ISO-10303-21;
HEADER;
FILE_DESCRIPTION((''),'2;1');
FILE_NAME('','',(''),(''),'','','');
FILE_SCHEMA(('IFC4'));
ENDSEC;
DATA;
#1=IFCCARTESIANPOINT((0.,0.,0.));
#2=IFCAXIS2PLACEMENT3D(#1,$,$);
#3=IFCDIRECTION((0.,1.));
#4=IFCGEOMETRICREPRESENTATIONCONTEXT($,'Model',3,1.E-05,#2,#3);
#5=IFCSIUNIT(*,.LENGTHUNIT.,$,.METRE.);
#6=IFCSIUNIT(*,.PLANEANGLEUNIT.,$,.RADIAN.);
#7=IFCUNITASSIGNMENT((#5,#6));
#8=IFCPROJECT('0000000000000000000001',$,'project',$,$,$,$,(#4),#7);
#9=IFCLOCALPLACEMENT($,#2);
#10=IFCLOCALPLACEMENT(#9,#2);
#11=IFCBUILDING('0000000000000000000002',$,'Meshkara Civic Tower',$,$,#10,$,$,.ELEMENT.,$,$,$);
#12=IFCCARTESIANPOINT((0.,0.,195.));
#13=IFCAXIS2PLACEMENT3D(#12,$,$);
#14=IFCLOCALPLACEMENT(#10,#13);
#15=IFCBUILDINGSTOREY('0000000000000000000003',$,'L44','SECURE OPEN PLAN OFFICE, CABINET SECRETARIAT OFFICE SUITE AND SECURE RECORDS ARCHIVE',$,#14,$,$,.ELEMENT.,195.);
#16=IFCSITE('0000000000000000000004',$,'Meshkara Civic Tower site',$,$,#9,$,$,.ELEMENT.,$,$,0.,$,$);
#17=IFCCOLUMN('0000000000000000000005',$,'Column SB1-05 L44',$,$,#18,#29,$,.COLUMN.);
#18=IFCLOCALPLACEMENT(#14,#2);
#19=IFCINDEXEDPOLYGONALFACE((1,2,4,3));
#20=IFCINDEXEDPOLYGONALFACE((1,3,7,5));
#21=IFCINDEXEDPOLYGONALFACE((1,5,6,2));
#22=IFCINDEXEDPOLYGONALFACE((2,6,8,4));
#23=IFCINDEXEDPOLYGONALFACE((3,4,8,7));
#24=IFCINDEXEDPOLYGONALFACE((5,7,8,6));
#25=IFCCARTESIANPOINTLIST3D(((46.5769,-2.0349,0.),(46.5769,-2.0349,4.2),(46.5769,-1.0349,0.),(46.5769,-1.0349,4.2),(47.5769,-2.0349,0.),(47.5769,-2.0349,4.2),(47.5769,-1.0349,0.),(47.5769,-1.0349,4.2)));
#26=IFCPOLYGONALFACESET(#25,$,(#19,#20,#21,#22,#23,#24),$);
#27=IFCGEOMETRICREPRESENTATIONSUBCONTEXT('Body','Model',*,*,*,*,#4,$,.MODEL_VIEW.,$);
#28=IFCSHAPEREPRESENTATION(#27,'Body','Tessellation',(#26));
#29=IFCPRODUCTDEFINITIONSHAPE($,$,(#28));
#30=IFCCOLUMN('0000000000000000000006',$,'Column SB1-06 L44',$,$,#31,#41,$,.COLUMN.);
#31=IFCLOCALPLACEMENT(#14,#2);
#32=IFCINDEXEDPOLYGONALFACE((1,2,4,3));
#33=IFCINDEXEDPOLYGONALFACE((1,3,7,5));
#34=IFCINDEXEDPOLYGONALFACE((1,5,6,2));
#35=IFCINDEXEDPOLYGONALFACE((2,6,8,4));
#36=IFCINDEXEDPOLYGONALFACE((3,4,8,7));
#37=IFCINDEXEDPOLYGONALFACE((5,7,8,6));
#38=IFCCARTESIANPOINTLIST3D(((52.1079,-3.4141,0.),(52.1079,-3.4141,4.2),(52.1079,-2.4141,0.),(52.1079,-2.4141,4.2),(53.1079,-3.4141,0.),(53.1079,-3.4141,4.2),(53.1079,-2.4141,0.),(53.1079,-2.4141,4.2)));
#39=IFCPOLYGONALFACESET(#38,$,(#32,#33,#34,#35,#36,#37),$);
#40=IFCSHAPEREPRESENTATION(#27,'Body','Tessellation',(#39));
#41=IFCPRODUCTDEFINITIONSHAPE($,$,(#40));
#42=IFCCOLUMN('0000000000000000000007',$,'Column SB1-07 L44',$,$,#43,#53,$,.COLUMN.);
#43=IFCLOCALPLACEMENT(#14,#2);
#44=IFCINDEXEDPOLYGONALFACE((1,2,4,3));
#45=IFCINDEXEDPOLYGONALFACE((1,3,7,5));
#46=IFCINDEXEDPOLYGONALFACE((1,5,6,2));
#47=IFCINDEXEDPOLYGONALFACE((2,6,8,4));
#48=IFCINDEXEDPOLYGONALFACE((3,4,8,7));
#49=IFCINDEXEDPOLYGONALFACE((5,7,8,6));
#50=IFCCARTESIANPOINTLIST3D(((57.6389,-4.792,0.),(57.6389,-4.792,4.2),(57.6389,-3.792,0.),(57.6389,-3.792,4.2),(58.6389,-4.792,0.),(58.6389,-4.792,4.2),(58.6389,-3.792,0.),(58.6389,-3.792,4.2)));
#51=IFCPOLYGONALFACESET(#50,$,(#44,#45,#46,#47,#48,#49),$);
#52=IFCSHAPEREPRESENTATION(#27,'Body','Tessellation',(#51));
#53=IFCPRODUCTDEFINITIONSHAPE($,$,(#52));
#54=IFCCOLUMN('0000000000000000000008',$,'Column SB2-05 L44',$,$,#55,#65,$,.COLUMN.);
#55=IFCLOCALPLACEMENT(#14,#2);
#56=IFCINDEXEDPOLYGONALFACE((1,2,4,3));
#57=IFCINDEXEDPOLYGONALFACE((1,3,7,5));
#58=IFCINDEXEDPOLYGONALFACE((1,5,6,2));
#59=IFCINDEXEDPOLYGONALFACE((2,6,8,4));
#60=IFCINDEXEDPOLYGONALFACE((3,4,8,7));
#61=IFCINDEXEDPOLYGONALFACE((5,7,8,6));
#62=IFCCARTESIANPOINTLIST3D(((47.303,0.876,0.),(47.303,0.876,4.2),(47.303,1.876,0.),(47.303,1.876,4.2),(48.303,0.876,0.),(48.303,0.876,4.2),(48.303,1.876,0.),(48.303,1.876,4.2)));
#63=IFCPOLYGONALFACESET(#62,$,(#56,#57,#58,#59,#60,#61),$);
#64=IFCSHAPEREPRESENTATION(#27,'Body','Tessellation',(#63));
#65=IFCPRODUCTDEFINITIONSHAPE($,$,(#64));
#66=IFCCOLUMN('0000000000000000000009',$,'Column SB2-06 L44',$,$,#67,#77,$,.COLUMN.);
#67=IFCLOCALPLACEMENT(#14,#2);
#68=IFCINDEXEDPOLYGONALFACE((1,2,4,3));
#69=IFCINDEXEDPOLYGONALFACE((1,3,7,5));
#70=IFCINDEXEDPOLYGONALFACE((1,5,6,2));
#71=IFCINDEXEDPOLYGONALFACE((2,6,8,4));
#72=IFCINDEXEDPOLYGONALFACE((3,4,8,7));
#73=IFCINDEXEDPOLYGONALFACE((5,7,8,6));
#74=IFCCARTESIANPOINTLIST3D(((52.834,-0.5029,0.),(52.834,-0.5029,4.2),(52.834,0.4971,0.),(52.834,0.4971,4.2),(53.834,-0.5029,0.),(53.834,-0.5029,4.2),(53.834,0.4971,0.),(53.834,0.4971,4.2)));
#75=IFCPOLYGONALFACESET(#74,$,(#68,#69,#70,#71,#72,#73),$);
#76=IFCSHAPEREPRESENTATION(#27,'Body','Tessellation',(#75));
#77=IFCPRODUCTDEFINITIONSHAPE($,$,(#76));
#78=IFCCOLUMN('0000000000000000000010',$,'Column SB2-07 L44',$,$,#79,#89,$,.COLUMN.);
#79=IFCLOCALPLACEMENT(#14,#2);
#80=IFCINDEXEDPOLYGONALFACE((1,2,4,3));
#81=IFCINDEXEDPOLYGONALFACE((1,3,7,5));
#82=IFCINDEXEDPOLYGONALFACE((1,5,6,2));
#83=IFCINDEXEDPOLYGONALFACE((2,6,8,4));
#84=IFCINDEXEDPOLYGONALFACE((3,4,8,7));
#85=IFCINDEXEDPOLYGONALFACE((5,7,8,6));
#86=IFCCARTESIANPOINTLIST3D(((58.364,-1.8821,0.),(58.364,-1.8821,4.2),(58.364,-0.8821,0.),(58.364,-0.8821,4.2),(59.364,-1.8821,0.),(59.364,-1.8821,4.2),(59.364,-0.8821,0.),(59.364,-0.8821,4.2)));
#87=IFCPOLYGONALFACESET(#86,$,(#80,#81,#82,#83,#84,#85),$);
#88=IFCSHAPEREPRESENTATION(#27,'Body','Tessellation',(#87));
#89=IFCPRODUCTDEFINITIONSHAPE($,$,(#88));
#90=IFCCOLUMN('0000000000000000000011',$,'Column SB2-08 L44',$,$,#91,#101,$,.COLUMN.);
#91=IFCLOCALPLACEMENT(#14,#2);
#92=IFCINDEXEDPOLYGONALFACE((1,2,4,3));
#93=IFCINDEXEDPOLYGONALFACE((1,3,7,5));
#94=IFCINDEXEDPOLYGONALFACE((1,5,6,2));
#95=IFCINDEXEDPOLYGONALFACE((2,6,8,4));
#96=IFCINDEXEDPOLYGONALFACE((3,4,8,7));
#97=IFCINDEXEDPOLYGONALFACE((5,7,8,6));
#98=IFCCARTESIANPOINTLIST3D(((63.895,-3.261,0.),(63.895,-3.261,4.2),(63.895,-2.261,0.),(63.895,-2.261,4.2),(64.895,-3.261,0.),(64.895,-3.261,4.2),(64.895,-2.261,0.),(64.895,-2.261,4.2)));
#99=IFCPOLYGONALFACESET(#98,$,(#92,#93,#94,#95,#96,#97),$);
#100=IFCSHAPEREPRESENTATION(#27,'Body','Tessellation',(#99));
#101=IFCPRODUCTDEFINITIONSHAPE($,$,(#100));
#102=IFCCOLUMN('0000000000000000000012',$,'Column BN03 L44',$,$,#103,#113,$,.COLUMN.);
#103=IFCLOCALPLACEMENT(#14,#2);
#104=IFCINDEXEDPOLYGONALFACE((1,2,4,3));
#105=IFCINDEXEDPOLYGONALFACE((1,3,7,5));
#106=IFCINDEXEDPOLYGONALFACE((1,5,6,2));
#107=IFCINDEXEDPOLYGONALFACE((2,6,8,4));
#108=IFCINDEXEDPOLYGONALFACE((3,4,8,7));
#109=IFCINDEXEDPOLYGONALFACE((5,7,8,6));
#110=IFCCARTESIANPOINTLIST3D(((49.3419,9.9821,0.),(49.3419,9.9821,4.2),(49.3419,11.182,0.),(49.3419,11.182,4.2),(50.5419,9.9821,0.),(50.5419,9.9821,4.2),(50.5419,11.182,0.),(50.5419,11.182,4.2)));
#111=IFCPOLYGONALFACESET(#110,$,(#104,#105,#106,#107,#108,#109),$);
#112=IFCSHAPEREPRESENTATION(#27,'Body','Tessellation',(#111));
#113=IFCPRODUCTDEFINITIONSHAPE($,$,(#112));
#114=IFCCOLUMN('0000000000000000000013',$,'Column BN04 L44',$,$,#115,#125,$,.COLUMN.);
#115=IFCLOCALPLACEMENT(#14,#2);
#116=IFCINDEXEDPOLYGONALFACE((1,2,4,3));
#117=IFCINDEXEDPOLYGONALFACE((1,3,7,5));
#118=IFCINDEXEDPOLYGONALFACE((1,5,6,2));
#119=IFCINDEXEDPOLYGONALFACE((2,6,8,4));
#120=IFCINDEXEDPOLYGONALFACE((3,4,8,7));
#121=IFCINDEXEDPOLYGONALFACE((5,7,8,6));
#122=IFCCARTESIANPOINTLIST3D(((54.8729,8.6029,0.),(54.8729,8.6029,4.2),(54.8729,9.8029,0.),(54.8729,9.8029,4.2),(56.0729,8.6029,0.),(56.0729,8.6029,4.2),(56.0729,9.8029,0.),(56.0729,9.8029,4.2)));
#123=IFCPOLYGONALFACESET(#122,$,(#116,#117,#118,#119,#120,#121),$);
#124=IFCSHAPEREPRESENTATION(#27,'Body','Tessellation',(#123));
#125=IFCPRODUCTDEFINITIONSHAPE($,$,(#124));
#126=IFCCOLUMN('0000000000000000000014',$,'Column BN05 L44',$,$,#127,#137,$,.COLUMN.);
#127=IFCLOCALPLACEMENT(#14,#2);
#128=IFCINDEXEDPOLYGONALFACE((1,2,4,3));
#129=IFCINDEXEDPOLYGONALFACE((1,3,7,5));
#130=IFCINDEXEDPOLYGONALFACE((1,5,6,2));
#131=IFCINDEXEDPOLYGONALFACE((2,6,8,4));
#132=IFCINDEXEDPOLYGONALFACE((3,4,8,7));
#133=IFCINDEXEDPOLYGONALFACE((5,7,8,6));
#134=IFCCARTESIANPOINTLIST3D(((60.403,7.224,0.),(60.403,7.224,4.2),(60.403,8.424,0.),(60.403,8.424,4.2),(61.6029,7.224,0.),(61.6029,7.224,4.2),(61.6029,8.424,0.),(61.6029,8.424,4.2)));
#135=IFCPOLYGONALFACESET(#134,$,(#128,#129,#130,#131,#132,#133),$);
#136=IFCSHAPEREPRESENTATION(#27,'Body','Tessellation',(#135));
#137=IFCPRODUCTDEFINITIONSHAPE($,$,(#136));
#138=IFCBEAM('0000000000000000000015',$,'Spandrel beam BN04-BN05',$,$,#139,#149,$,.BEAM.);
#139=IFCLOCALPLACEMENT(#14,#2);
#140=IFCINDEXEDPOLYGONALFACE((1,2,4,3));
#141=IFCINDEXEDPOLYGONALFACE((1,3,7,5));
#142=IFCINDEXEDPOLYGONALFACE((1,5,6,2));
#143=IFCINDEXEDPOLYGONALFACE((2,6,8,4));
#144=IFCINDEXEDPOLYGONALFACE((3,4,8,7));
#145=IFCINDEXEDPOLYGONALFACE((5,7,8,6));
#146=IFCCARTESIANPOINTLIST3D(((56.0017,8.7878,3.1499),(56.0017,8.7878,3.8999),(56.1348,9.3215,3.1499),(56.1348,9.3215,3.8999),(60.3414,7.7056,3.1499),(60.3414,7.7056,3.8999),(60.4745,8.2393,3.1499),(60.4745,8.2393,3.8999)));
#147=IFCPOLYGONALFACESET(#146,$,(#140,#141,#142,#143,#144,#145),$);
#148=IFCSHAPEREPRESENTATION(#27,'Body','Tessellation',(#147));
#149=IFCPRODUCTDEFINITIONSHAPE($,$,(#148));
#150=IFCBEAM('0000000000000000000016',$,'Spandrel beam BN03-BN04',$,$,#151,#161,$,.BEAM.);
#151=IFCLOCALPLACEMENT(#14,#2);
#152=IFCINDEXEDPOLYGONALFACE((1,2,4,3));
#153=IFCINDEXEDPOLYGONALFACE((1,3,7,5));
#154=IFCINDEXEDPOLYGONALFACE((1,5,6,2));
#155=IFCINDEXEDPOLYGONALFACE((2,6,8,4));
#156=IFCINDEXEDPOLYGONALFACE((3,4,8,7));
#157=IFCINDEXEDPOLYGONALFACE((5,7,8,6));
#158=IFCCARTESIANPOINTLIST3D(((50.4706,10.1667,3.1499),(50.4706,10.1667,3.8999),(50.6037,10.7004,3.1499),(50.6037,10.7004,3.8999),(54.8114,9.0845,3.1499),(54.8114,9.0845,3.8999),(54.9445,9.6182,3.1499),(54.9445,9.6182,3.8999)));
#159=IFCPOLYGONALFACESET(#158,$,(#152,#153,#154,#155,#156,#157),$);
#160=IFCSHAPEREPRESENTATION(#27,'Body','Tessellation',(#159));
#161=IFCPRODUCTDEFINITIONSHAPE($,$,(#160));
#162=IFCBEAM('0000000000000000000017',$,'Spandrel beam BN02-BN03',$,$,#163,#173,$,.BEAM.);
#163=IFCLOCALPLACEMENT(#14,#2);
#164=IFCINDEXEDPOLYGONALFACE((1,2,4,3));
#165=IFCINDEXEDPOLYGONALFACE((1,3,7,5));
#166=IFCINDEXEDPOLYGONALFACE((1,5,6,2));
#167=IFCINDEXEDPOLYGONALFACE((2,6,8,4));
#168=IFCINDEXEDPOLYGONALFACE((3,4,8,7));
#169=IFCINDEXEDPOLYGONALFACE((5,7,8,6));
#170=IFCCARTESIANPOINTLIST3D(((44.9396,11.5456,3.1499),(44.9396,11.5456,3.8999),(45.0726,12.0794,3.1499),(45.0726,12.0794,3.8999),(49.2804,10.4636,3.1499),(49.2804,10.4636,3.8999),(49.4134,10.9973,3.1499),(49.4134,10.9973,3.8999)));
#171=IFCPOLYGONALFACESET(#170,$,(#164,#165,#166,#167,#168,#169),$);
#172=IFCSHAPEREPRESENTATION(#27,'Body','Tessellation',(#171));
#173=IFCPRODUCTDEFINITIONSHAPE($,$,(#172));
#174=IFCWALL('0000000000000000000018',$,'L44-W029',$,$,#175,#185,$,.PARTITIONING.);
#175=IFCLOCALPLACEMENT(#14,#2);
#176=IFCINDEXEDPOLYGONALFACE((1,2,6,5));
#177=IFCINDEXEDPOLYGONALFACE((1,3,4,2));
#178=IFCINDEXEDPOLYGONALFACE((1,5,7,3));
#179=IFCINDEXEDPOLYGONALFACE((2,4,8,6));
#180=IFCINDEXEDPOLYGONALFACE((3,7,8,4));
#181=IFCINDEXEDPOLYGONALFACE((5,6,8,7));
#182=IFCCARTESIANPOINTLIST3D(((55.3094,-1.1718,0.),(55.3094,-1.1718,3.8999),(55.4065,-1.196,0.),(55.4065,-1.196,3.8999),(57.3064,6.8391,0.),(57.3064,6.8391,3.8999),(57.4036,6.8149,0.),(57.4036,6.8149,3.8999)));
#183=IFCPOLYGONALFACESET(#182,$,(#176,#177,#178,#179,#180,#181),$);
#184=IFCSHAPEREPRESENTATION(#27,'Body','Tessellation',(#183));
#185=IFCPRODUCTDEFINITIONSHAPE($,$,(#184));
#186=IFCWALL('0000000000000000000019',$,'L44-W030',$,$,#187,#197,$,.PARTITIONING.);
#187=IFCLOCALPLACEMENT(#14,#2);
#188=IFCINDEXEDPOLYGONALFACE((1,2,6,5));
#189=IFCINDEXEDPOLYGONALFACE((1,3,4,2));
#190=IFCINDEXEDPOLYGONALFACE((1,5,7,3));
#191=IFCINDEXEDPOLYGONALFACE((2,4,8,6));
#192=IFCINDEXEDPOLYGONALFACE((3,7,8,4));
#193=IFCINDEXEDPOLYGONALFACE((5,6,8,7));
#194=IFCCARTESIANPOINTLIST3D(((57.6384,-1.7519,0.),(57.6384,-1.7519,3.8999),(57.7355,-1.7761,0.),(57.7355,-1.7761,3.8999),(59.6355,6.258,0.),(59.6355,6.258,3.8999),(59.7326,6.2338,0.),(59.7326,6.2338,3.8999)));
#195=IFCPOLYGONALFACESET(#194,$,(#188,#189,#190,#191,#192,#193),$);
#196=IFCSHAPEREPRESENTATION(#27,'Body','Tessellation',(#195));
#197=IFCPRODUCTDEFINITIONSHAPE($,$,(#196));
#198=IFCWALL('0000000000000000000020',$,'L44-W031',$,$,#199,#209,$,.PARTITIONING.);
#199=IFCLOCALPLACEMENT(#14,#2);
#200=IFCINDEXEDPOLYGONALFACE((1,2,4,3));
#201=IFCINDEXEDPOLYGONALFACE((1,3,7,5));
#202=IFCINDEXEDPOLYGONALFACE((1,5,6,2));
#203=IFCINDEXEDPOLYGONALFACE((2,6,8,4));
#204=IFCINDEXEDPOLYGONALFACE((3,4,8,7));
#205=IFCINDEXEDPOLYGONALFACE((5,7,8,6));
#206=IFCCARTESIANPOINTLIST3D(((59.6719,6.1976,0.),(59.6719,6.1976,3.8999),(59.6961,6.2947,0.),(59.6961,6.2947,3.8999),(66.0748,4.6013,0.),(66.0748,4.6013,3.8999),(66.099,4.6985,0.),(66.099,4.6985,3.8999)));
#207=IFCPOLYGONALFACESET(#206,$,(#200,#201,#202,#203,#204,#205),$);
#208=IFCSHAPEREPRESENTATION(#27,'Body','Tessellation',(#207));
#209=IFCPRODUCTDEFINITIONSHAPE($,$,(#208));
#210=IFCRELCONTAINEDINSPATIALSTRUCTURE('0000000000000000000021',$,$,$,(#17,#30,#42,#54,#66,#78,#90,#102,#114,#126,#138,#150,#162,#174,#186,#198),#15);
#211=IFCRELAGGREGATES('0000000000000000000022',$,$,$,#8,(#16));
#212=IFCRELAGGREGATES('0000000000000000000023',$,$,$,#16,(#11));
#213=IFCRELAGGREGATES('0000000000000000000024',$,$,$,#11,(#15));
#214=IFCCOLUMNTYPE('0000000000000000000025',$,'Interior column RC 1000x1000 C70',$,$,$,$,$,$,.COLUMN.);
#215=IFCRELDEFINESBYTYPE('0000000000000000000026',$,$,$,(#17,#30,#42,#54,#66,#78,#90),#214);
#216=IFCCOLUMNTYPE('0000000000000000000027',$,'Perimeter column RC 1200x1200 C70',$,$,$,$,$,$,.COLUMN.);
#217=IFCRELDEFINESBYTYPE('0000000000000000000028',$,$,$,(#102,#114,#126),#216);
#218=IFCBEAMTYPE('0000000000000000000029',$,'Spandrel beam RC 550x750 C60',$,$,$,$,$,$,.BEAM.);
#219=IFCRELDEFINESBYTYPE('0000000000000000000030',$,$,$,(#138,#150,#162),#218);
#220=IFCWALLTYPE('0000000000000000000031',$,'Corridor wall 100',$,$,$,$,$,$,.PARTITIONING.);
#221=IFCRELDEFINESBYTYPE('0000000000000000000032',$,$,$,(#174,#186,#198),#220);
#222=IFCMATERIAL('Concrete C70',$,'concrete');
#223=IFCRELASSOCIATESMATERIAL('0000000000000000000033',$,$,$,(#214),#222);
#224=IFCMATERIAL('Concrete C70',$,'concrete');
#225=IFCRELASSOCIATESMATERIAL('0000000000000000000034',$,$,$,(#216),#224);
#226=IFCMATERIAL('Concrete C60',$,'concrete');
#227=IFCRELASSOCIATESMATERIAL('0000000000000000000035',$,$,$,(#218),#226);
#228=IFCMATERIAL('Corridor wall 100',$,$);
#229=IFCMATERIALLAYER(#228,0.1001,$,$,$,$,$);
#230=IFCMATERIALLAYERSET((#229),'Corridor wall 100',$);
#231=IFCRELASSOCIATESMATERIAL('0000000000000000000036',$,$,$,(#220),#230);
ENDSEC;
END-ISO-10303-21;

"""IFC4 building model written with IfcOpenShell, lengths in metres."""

from ifc_helpers import new_model, si_unit, direction, frame, frame_2d, origin, origin_2d, place, context, subcontext, project, spatial, rectangle, extrude, material, layer, layer_set, material_profile, profile_set, type_object, element, save


model = new_model("IFC4")

# Units and contexts
model_context = context("Model", 3, precision=1e-05, world=origin(), true_north=direction((0.0, 1.0)))
body_context = subcontext(model_context, "Body", "Model", "MODEL_VIEW")
ifc_project = project(units=[si_unit("LENGTHUNIT", "METRE"), si_unit("PLANEANGLEUNIT", "RADIAN")], contexts=[model_context])

# Site, building, storey
site_placement = place(None, origin())
site = spatial("IfcSite", under=ifc_project, at=site_placement, Name="Meshkara Civic Tower site", CompositionType="ELEMENT", RefElevation=0.0)
building_placement = place(site_placement, origin())
building = spatial("IfcBuilding", under=site, at=building_placement, Name="Meshkara Civic Tower", CompositionType="ELEMENT")
storey_placement = place(building_placement, frame((0.0, 0.0, 195.0)))
storey = spatial("IfcBuildingStorey", under=building, at=storey_placement, Name="L44", Description="SECURE OPEN PLAN OFFICE, CABINET SECRETARIAT OFFICE SUITE AND SECURE RECORDS ARCHIVE", CompositionType="ELEMENT", Elevation=195.0)

# Columns
ifc_material_1 = material(Name="Concrete C70", Category="concrete")
ifc_material_profile_1 = material_profile(ifc_material_1, rectangle(XDim=1.0, YDim=1.0, at=origin_2d()))
ifc_profile_set_1 = profile_set([ifc_material_profile_1], Name="Concrete C70")
column_type_1 = type_object("IfcColumnType", Name="Interior column RC 1000x1000 C70", PredefinedType="COLUMN", material=ifc_profile_set_1)
for number, where, z_axis, x_axis, name in (
    (1, (47.0769, -1.5349, 0.0), (0.0, 0.0, 1.0), (1.0, 0.0, 0.0), "Column SB1-05 L44"),
    (2, (52.6079, -2.9141, 0.0), (0.0, 0.0, 1.0), (1.0, 0.0, 0.0), "Column SB1-06 L44"),
    (3, (58.1389, -4.292, 0.0), (0.0, 0.0, 1.0), (1.0, 0.0, 0.0), "Column SB1-07 L44"),
    (4, (47.803, 1.376, 0.0), (0.0, 0.0, 1.0), (1.0, 0.0, 0.0), "Column SB2-05 L44"),
    (5, (53.334, -0.0029, 0.0), (0.0, 0.0, 1.0), (1.0, 0.0, 0.0), "Column SB2-06 L44"),
    (6, (58.864, -1.3821, 0.0), (0.0, 0.0, 1.0), (1.0, 0.0, 0.0), "Column SB2-07 L44"),
    (7, (64.395, -2.761, 0.0), (0.0, 0.0, 1.0), (1.0, 0.0, 0.0), "Column SB2-08 L44"),
):
    element("IfcColumn", number, at=place(storey_placement, frame(where, z_axis=z_axis, x_axis=x_axis)), inside=storey, type_object=column_type_1, Name=name, PredefinedType="COLUMN", context=body_context, shape_type="SweptSolid", body=[
        extrude(rectangle(XDim=1.0, YDim=1.0, at=origin_2d()), origin(), (0.0, 0.0, 1.0), 4.2),
    ])
ifc_material_2 = material(Name="Concrete C70", Category="concrete")
ifc_material_profile_2 = material_profile(ifc_material_2, rectangle(XDim=1.2, YDim=1.2, at=origin_2d()))
ifc_profile_set_2 = profile_set([ifc_material_profile_2], Name="Concrete C70")
column_type_2 = type_object("IfcColumnType", Name="Perimeter column RC 1200x1200 C70", PredefinedType="COLUMN", material=ifc_profile_set_2)
for number, where, z_axis, x_axis, name in (
    (8, (49.9419, 10.582, 0.0), (0.0, 0.0, 1.0), (1.0, 0.0, 0.0), "Column BN03 L44"),
    (9, (55.4729, 9.2029, 0.0), (0.0, 0.0, 1.0), (1.0, 0.0, 0.0), "Column BN04 L44"),
    (10, (61.0029, 7.824, 0.0), (0.0, 0.0, 1.0), (1.0, 0.0, 0.0), "Column BN05 L44"),
):
    element("IfcColumn", number, at=place(storey_placement, frame(where, z_axis=z_axis, x_axis=x_axis)), inside=storey, type_object=column_type_2, Name=name, PredefinedType="COLUMN", context=body_context, shape_type="SweptSolid", body=[
        extrude(rectangle(XDim=1.2, YDim=1.2, at=origin_2d()), origin(), (0.0, 0.0, 1.0), 4.2),
    ])

# Beams
ifc_material_3 = material(Name="Concrete C60", Category="concrete")
ifc_material_profile_3 = material_profile(ifc_material_3, rectangle(XDim=0.55, YDim=0.75, at=origin_2d()))
ifc_profile_set_3 = profile_set([ifc_material_profile_3], Name="Concrete C60")
beam_type = type_object("IfcBeamType", Name="Spandrel beam RC 550x750 C60", PredefinedType="BEAM", material=ifc_profile_set_3)
beam_placement = place(storey_placement, frame((60.408, 7.9724, 3.5249), z_axis=(-0.970284, 0.24197, 0.0), x_axis=(-0.24197, -0.970284, 0.0)))
element("IfcBeam", 11, at=beam_placement, inside=storey, type_object=beam_type, Name="Spandrel beam BN04-BN05", PredefinedType="BEAM", context=body_context, shape_type="SweptSolid", body=[
    extrude(rectangle(XDim=0.55, YDim=0.75, at=origin_2d()), origin(), (0.0, 0.0, 1.0), 4.4727),
])
for number, where, z_axis, x_axis, name in (
    (12, (54.8779, 9.3513, 3.5249), (-0.970296, 0.241919, 0.0), (-0.241919, -0.970296, 0.0), "Spandrel beam BN03-BN04"),
    (13, (49.3469, 10.7305, 3.5249), (-0.970309, 0.241868, 0.0), (-0.241868, -0.970309, 0.0), "Spandrel beam BN02-BN03"),
):
    element("IfcBeam", number, at=place(storey_placement, frame(where, z_axis=z_axis, x_axis=x_axis)), inside=storey, type_object=beam_type, Name=name, PredefinedType="BEAM", context=body_context, shape_type="SweptSolid", body=[
        extrude(rectangle(XDim=0.55, YDim=0.75, at=origin_2d()), origin(), (0.0, 0.0, 1.0), 4.4736),
    ])

# Walls
ifc_material_4 = material(Name="Corridor wall 100")
ifc_layer_1 = layer(ifc_material_4, 0.1001)
ifc_layer_set_1 = layer_set([ifc_layer_1], Name="Corridor wall 100")
wall_type_1 = type_object("IfcWallType", Name="Corridor wall 100", PredefinedType="PARTITIONING", material=ifc_layer_set_1)
wall_1_placement = place(storey_placement, frame((57.355, 6.8269, 0.0), z_axis=(0.0, 0.0, 1.0), x_axis=(-0.241888, -0.970304, 0.0)))
element("IfcWall", 14, at=wall_1_placement, inside=storey, type_object=wall_type_1, Name="L44-W029", PredefinedType="PARTITIONING", context=body_context, shape_type="SweptSolid", body=[
    extrude(rectangle(XDim=8.2561, YDim=0.1001, at=frame_2d((4.1279, 0.0))), origin(), (0.0, 0.0, 1.0), 3.8999),
])
wall_2_placement = place(storey_placement, frame((57.687, -1.7639, 0.0), z_axis=(0.0, 0.0, 1.0), x_axis=(0.241916, 0.970297, 0.0)))
element("IfcWall", 15, at=wall_2_placement, inside=storey, type_object=wall_type_1, Name="L44-W030", PredefinedType="PARTITIONING", context=body_context, shape_type="SweptSolid", body=[
    extrude(rectangle(XDim=8.2551, YDim=0.1001, at=frame_2d((4.1274, 0.0))), origin(), (0.0, 0.0, 1.0), 3.8999),
])
wall_3_placement = place(storey_placement, frame((59.6841, 6.2461, 0.0), z_axis=(0.0, 0.0, 1.0), x_axis=(0.970303, -0.241891, 0.0)))
element("IfcWall", 16, at=wall_3_placement, inside=storey, type_object=wall_type_1, Name="L44-W031", PredefinedType="PARTITIONING", context=body_context, shape_type="SweptSolid", body=[
    extrude(rectangle(XDim=6.5989, YDim=0.1001, at=frame_2d((3.2993, 0.0))), origin(), (0.0, 0.0, 1.0), 3.8999),
])

save(model, "model.ifc")
